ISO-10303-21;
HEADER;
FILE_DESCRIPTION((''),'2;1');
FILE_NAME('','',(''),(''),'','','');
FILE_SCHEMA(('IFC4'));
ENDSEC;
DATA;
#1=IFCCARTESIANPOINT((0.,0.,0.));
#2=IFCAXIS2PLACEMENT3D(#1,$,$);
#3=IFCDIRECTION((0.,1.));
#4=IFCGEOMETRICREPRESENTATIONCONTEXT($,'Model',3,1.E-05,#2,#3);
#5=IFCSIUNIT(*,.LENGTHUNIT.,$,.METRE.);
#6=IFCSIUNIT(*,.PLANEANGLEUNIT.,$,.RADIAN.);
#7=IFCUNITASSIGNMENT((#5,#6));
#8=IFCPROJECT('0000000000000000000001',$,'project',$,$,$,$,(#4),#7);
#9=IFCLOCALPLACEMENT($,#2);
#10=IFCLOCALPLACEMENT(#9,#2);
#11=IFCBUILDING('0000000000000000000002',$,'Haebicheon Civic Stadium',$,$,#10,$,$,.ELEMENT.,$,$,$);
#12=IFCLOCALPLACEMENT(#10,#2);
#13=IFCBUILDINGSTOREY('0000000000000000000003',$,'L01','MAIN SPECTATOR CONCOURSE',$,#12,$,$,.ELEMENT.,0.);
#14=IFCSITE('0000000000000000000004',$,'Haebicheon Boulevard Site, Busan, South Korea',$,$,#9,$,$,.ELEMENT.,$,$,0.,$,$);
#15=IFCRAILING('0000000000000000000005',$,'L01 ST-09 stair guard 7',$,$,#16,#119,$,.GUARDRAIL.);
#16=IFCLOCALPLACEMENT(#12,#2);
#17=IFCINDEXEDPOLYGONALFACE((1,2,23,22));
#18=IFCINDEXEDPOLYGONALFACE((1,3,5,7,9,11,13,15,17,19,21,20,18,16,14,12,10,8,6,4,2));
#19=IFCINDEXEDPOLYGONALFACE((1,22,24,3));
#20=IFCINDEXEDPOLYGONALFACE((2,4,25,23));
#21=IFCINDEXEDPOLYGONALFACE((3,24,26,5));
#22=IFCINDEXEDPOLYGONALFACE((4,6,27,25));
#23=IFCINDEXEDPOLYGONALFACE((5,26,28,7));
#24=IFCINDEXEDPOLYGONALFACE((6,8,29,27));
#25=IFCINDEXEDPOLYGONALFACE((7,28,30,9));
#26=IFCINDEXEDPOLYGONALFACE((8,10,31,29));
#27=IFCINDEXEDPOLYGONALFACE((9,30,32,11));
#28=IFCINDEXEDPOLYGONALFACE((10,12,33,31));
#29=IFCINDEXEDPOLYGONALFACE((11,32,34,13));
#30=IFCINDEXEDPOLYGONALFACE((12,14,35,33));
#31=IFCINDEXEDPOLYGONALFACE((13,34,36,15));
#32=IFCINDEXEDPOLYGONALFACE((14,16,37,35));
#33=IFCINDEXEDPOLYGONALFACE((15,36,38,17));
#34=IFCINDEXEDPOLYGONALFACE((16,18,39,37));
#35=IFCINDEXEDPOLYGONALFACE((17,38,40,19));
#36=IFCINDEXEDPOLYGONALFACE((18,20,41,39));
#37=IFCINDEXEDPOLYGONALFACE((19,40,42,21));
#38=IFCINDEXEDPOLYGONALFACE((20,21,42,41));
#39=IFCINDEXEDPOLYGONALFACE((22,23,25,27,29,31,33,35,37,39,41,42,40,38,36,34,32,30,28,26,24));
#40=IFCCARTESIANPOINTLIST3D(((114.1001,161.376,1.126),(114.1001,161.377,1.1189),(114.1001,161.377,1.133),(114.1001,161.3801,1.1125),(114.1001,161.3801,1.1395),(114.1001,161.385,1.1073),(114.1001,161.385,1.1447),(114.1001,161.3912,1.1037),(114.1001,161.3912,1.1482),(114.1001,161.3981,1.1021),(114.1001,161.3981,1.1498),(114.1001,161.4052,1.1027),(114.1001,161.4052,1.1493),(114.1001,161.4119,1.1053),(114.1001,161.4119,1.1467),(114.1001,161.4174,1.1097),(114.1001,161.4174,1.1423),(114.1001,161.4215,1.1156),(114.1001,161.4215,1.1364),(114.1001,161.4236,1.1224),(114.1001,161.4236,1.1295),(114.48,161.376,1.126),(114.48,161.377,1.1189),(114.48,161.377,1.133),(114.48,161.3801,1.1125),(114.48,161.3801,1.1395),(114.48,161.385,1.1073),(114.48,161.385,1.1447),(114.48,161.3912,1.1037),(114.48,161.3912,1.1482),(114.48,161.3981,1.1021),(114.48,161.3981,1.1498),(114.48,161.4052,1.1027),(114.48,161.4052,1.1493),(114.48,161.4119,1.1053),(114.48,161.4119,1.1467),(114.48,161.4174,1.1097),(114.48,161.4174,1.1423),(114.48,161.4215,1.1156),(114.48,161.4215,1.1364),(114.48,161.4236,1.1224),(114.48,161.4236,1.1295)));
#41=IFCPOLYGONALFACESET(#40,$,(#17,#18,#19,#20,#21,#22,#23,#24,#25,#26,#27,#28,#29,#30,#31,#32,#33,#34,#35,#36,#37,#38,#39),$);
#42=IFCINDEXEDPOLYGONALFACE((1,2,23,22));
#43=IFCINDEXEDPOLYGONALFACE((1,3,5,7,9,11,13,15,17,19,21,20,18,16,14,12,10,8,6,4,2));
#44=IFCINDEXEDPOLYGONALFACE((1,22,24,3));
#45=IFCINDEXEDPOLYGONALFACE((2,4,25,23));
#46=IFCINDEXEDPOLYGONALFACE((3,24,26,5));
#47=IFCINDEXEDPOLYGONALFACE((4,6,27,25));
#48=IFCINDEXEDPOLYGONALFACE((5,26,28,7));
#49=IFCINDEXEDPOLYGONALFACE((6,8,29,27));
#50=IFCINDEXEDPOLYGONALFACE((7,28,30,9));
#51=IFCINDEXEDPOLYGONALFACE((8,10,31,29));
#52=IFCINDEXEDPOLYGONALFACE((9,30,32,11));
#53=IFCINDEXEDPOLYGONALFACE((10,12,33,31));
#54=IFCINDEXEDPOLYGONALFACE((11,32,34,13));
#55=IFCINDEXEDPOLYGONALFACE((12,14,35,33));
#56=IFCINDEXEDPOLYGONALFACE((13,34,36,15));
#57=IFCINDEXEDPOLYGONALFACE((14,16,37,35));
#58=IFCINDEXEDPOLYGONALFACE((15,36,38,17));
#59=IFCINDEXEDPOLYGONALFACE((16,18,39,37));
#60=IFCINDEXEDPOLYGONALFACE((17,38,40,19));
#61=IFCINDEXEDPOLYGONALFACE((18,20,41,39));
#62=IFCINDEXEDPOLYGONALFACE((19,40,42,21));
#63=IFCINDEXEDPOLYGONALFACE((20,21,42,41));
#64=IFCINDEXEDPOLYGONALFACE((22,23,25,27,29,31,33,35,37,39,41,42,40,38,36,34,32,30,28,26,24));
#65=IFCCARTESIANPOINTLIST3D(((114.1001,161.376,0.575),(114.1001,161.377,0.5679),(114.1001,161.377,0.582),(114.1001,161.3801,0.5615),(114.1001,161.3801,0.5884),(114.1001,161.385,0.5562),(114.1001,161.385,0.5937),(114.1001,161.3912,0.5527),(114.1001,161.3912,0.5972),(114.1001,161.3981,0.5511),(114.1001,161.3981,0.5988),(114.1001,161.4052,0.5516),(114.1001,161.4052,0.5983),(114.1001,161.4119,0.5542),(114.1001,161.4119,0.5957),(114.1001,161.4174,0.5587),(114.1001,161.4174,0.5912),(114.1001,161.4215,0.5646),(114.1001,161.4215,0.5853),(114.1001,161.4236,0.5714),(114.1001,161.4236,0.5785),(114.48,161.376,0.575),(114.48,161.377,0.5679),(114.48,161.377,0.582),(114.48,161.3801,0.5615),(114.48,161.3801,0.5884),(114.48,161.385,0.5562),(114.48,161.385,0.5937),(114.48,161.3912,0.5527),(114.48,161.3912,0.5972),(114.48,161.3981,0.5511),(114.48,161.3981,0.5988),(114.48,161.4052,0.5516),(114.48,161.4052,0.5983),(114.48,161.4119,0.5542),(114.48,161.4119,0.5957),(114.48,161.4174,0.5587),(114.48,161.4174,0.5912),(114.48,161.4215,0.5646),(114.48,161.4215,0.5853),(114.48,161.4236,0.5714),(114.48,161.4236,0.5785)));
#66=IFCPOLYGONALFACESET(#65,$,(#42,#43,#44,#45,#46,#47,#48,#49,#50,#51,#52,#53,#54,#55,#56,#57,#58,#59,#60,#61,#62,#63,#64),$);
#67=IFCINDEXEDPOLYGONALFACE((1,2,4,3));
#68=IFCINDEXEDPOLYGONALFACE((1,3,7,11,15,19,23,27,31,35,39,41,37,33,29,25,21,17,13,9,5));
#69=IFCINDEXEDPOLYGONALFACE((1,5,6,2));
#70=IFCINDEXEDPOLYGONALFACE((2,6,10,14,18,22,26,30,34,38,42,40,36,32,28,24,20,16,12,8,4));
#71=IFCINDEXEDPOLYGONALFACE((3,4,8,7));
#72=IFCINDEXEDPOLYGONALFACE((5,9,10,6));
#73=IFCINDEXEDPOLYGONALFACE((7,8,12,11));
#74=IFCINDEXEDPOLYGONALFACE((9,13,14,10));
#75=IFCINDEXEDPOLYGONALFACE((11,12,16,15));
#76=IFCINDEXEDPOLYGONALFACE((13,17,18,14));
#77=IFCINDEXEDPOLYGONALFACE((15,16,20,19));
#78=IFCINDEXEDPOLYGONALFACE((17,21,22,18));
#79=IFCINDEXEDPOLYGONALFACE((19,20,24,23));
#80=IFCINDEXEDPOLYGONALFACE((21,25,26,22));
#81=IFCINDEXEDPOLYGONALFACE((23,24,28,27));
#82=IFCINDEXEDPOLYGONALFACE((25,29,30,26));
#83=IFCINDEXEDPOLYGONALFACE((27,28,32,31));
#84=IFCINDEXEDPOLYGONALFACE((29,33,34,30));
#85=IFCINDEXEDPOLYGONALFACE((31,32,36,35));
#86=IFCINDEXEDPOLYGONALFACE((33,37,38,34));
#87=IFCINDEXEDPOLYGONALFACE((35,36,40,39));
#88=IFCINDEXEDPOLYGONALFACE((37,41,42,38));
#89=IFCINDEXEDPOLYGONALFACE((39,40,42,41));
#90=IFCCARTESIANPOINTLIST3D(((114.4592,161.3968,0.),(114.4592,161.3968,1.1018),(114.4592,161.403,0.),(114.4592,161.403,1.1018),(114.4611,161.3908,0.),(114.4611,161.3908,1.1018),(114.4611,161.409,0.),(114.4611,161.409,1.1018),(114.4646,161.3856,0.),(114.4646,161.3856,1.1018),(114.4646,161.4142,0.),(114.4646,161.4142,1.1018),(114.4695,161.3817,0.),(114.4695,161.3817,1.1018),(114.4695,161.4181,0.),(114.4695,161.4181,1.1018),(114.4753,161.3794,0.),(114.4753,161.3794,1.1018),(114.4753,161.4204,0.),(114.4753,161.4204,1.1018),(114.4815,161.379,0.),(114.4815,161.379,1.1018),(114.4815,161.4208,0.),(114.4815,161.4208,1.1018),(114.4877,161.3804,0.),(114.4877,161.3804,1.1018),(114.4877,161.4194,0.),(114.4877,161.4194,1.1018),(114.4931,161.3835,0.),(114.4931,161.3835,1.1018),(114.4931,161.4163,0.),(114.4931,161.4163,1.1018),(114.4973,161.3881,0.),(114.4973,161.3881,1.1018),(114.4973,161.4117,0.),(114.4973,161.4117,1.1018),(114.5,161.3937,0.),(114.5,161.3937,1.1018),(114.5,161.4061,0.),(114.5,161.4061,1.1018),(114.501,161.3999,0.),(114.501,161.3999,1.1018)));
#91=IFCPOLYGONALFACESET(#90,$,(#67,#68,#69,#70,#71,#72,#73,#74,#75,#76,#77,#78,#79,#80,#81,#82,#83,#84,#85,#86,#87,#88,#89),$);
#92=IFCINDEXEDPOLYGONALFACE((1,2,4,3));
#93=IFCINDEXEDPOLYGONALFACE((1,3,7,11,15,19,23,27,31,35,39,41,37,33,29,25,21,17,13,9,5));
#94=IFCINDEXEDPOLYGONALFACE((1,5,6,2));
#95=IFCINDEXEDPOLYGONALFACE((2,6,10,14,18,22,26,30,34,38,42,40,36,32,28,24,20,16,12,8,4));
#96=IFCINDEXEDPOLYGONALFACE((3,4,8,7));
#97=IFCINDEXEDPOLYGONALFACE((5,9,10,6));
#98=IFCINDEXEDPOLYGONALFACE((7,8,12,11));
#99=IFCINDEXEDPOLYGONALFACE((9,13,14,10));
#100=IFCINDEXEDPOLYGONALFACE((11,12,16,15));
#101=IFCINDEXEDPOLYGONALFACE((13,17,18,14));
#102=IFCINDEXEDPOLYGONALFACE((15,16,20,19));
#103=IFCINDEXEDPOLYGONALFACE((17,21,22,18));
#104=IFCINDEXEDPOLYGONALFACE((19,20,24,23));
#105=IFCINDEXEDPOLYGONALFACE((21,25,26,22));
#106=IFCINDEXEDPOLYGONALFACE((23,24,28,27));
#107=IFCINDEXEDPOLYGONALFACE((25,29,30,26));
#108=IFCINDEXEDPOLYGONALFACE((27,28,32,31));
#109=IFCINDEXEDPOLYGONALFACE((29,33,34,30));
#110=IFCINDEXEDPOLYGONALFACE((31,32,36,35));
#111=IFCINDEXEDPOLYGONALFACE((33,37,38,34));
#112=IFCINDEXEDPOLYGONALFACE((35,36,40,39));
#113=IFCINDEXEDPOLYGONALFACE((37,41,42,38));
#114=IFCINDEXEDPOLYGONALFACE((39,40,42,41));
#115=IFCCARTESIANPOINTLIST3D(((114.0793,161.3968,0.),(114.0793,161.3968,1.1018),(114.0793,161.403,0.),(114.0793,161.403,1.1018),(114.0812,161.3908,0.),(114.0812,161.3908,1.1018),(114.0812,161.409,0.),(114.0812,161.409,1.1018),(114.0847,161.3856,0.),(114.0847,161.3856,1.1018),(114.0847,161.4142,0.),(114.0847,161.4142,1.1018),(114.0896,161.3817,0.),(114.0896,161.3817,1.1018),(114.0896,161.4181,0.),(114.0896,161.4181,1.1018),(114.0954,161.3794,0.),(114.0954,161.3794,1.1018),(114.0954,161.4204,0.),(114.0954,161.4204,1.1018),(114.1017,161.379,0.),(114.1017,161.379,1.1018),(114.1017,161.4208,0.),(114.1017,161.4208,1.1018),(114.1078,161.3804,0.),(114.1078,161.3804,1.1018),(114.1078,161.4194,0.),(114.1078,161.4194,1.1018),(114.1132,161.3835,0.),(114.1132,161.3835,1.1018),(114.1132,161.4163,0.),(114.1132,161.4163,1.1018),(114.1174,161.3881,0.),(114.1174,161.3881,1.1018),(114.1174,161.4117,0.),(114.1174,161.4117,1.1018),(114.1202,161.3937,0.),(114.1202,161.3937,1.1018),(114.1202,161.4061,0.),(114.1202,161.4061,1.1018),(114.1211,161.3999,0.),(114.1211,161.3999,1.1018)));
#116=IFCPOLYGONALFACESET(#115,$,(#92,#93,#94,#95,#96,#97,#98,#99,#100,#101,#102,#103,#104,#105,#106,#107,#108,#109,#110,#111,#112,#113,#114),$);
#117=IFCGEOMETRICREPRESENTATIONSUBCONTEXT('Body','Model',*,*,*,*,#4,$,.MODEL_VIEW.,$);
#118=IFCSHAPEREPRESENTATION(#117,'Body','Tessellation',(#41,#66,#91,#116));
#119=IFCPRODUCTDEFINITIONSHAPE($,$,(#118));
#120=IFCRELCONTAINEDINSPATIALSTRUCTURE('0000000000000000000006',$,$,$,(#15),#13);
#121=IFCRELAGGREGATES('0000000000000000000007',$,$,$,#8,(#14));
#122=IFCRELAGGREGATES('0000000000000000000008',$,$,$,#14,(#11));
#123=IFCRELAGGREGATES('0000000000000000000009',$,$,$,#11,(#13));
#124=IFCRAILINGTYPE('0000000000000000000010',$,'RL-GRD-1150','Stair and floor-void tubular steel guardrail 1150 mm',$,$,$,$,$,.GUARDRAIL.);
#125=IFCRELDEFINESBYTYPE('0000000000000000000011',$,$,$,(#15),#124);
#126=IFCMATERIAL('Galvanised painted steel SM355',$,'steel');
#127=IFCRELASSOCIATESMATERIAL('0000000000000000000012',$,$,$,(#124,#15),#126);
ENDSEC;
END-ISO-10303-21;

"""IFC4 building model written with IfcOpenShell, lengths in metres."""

from ifc_helpers import new_model, si_unit, direction, frame, origin, origin_2d, place, context, subcontext, project, spatial, circle, extrude, material, type_object, element, save


model = new_model("IFC4")

# Units and contexts
model_context = context("Model", 3, precision=1e-05, world=origin(), true_north=direction((0.0, 1.0)))
body_context = subcontext(model_context, "Body", "Model", "MODEL_VIEW")
ifc_project = project(units=[si_unit("LENGTHUNIT", "METRE"), si_unit("PLANEANGLEUNIT", "RADIAN")], contexts=[model_context])

# Site, building, storey
site_placement = place(None, origin())
site = spatial("IfcSite", under=ifc_project, at=site_placement, Name="Haebicheon Boulevard Site, Busan, South Korea", CompositionType="ELEMENT", RefElevation=0.0)
building_placement = place(site_placement, origin())
building = spatial("IfcBuilding", under=site, at=building_placement, Name="Haebicheon Civic Stadium", CompositionType="ELEMENT")
storey_placement = place(building_placement, origin())
storey = spatial("IfcBuildingStorey", under=building, at=storey_placement, Name="L01", Description="MAIN SPECTATOR CONCOURSE", CompositionType="ELEMENT", Elevation=0.0)

# Railing
ifc_material_1 = material(Name="Galvanised painted steel SM355", Category="steel")
railing_type_1 = type_object("IfcRailingType", Name="RL-GRD-1150", Description="Stair and floor-void tubular steel guardrail 1150 mm", PredefinedType="GUARDRAIL", material=ifc_material_1)
railing_1_placement = place(storey_placement, frame((114.48, 161.3999, 0.0)))
element("IfcRailing", 1, at=railing_1_placement, inside=storey, type_object=railing_type_1, material=ifc_material_1, Name="L01 ST-09 stair guard 7", PredefinedType="GUARDRAIL", context=body_context, shape_type="SweptSolid", body=[
    extrude(circle(Radius=0.0239, at=origin_2d()), frame((0.0, 0.0, 1.126), z_axis=(-1.0, 0.0, 0.0), x_axis=(0.0, -1.0, 0.0)), (0.0, 0.0, 1.0), 0.3799),
    extrude(circle(Radius=0.0239, at=origin_2d()), frame((0.0, 0.0, 0.575), z_axis=(-1.0, 0.0, 0.0), x_axis=(0.0, -1.0, 0.0)), (0.0, 0.0, 1.0), 0.3799),
    extrude(circle(Radius=0.021, at=origin_2d()), origin(), (0.0, 0.0, 1.0), 1.1018),
    extrude(circle(Radius=0.021, at=origin_2d()), frame((-0.3799, 0.0, 0.0)), (0.0, 0.0, 1.0), 1.1018),
])

save(model, "model.ifc")
